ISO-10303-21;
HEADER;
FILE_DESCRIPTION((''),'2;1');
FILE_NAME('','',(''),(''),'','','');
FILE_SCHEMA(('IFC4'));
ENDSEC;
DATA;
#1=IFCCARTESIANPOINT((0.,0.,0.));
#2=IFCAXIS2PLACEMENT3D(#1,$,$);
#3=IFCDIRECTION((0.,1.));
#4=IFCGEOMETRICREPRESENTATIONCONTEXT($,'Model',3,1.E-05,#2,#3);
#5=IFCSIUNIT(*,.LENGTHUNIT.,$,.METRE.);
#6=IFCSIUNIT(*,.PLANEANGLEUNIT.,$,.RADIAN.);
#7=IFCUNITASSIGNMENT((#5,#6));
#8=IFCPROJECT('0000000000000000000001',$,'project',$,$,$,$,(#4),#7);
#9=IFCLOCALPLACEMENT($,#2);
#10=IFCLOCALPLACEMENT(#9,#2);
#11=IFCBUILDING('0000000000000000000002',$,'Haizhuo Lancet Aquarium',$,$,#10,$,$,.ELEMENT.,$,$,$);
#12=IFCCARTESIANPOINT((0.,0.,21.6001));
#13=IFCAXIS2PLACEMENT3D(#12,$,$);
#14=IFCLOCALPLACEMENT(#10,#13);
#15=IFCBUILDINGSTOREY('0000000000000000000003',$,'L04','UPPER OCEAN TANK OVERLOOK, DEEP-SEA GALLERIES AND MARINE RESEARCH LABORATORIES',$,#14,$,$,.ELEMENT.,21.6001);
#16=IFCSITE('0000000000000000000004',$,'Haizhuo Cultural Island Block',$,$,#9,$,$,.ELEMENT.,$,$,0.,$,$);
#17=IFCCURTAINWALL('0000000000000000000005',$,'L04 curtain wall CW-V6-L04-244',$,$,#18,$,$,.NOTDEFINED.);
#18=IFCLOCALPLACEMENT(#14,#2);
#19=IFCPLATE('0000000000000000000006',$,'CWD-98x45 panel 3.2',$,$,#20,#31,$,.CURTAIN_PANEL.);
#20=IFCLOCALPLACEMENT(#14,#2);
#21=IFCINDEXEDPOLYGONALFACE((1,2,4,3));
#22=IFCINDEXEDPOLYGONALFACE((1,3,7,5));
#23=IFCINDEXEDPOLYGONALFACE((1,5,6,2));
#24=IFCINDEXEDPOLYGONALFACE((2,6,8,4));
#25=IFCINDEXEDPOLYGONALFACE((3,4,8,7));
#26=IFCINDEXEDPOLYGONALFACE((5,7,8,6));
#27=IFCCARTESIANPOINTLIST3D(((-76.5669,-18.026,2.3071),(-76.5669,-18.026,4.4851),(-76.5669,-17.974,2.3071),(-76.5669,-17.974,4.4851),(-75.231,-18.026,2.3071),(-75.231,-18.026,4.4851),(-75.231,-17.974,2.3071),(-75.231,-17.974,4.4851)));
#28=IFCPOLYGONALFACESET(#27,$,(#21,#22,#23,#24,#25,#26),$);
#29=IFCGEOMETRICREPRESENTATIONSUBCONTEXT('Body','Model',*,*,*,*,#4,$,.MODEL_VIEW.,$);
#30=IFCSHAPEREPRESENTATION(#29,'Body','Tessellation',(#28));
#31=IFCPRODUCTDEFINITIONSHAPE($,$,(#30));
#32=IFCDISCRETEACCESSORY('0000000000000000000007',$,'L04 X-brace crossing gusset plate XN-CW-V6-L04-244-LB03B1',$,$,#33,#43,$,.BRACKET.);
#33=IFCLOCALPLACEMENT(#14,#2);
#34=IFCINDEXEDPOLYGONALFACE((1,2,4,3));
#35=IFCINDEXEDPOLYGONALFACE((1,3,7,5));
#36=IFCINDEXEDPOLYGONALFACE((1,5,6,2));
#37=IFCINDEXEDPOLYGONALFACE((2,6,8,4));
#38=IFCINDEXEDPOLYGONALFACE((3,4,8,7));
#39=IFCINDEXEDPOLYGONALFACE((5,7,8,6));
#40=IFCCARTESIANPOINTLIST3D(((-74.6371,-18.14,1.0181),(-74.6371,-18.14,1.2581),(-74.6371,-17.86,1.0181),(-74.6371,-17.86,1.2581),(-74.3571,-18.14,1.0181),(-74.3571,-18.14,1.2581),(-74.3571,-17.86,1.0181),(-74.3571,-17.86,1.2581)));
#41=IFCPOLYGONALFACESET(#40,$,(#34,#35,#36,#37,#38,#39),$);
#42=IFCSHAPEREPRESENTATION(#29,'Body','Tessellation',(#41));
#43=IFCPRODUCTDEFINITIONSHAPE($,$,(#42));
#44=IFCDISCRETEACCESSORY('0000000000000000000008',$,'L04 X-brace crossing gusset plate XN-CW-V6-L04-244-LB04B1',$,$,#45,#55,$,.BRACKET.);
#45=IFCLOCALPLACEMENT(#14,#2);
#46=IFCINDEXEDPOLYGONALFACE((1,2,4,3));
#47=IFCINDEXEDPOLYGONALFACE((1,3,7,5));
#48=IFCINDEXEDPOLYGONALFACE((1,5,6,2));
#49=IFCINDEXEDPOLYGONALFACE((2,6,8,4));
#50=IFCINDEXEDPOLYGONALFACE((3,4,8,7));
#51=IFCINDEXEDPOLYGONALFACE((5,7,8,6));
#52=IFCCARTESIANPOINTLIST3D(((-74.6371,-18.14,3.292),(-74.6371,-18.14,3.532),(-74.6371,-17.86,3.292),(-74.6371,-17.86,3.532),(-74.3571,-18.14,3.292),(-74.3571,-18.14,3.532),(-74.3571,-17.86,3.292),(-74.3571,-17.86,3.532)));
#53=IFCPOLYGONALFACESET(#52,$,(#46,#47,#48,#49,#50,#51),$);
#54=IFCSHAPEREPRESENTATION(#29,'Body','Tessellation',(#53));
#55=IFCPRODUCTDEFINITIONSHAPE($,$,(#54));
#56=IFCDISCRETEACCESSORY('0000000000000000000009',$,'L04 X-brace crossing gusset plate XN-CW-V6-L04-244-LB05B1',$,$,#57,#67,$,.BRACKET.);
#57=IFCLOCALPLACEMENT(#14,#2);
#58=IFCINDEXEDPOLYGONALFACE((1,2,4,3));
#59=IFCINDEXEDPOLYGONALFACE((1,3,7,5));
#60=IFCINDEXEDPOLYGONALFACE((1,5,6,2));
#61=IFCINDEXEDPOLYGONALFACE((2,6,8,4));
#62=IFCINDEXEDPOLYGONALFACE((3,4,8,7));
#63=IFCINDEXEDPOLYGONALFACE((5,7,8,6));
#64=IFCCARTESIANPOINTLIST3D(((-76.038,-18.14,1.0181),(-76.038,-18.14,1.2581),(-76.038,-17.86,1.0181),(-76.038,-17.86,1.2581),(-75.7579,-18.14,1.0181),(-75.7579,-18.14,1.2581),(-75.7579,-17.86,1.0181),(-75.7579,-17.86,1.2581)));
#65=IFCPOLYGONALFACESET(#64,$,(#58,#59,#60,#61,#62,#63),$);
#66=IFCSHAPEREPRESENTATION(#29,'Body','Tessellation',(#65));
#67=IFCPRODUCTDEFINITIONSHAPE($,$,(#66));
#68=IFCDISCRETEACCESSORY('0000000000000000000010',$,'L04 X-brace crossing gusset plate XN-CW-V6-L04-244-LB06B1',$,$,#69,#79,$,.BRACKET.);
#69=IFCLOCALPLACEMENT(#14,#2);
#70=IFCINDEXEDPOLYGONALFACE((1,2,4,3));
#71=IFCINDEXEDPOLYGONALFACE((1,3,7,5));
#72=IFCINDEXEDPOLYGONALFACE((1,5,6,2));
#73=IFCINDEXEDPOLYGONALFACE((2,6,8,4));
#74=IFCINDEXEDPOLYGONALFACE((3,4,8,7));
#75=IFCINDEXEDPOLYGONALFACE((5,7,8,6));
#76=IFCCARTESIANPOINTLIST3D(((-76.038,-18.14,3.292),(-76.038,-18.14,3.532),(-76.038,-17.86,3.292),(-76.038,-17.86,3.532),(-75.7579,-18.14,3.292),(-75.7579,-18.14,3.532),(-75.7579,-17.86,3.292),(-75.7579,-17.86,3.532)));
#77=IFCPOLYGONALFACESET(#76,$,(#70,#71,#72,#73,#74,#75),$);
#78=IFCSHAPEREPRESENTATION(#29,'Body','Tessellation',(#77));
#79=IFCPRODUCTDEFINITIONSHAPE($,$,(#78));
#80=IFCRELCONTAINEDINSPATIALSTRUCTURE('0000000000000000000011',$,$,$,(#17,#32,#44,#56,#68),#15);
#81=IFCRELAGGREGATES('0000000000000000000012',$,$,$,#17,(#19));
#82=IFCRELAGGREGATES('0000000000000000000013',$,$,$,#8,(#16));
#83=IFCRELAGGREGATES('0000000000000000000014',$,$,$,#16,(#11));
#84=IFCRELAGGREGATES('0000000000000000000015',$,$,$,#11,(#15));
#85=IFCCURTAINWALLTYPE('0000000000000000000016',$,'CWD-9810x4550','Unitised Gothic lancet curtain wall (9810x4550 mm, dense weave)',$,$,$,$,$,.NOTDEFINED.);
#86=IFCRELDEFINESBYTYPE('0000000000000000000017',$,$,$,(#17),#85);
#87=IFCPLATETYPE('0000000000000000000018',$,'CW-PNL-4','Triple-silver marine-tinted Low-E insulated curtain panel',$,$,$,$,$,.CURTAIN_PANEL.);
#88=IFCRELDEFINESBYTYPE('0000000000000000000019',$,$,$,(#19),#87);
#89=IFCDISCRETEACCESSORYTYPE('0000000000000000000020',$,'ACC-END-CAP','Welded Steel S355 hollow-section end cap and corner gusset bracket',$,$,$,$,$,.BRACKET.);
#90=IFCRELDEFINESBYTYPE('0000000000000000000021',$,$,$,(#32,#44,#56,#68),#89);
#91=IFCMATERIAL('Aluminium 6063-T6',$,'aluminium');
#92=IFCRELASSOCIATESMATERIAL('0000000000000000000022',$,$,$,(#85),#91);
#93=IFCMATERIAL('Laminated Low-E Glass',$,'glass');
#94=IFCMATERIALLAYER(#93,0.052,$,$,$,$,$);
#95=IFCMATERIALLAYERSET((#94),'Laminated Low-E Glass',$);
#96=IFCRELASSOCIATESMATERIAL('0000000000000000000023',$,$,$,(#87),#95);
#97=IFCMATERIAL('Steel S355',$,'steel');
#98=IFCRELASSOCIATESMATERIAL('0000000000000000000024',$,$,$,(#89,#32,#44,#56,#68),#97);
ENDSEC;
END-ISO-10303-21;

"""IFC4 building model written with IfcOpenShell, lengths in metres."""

from ifc_helpers import new_model, si_unit, direction, frame, origin, origin_2d, place, context, subcontext, project, spatial, rectangle, extrude, material, layer, layer_set, type_object, element, aggregate, save


model = new_model("IFC4")

# Units and contexts
model_context = context("Model", 3, precision=1e-05, world=origin(), true_north=direction((0.0, 1.0)))
body_context = subcontext(model_context, "Body", "Model", "MODEL_VIEW")
ifc_project = project(units=[si_unit("LENGTHUNIT", "METRE"), si_unit("PLANEANGLEUNIT", "RADIAN")], contexts=[model_context])

# Site, building, storey
site_placement = place(None, origin())
site = spatial("IfcSite", under=ifc_project, at=site_placement, Name="Haizhuo Cultural Island Block", CompositionType="ELEMENT", RefElevation=0.0)
building_placement = place(site_placement, origin())
building = spatial("IfcBuilding", under=site, at=building_placement, Name="Haizhuo Lancet Aquarium", CompositionType="ELEMENT")
storey_placement = place(building_placement, frame((0.0, 0.0, 21.6001)))
storey = spatial("IfcBuildingStorey", under=building, at=storey_placement, Name="L04", Description="UPPER OCEAN TANK OVERLOOK, DEEP-SEA GALLERIES AND MARINE RESEARCH LABORATORIES", CompositionType="ELEMENT", Elevation=21.6001)

# Curtain wall
ifc_material_1 = material(Name="Aluminium 6063-T6", Category="aluminium")
curtain_wall_type = type_object("IfcCurtainWallType", Name="CWD-9810x4550", Description="Unitised Gothic lancet curtain wall (9810x4550 mm, dense weave)", PredefinedType="NOTDEFINED", material=ifc_material_1)
curtain_wall_placement = place(storey_placement, origin())
curtain_wall = element("IfcCurtainWall", 1, at=curtain_wall_placement, inside=storey, type_object=curtain_wall_type, Name="L04 curtain wall CW-V6-L04-244", PredefinedType="NOTDEFINED")

# Shared definitions
ifc_material_2 = material(Name="Steel S355", Category="steel")

# Plate
ifc_material_3 = material(Name="Laminated Low-E Glass", Category="glass")
ifc_layer = layer(ifc_material_3, 0.052)
ifc_layer_set = layer_set([ifc_layer], Name="Laminated Low-E Glass")
plate_type = type_object("IfcPlateType", Name="CW-PNL-4", Description="Triple-silver marine-tinted Low-E insulated curtain panel", PredefinedType="CURTAIN_PANEL", material=ifc_layer_set)
plate_1_placement = place(storey_placement, frame((-75.8989, -18.0, 2.3071), z_axis=(0.0, 0.0, 1.0), x_axis=(-1.0, 0.0, 0.0)))
plate_1 = element("IfcPlate", 2, at=plate_1_placement, type_object=plate_type, Name="CWD-98x45 panel 3.2", PredefinedType="CURTAIN_PANEL", context=body_context, shape_type="SweptSolid", body=[
    extrude(rectangle(XDim=1.3359, YDim=0.052, at=origin_2d()), origin(), (0.0, 0.0, 1.0), 2.178),
])
aggregate(curtain_wall, [plate_1])

# Discrete accessories
discrete_accessory_type = type_object("IfcDiscreteAccessoryType", Name="ACC-END-CAP", Description="Welded Steel S355 hollow-section end cap and corner gusset bracket", PredefinedType="BRACKET", material=ifc_material_2)
for number, where, z_axis, x_axis, name in (
    (3, (-74.4971, -18.0, 1.0181), (0.0, 0.0, 1.0), (1.0, 0.0, 0.0), "L04 X-brace crossing gusset plate XN-CW-V6-L04-244-LB03B1"),
    (4, (-74.4971, -18.0, 3.292), (0.0, 0.0, 1.0), (1.0, 0.0, 0.0), "L04 X-brace crossing gusset plate XN-CW-V6-L04-244-LB04B1"),
    (5, (-75.8979, -18.0, 1.0181), (0.0, 0.0, 1.0), (1.0, 0.0, 0.0), "L04 X-brace crossing gusset plate XN-CW-V6-L04-244-LB05B1"),
    (6, (-75.8979, -18.0, 3.292), (0.0, 0.0, 1.0), (1.0, 0.0, 0.0), "L04 X-brace crossing gusset plate XN-CW-V6-L04-244-LB06B1"),
):
    element("IfcDiscreteAccessory", number, at=place(storey_placement, frame(where, z_axis=z_axis, x_axis=x_axis)), inside=storey, type_object=discrete_accessory_type, material=ifc_material_2, Name=name, PredefinedType="BRACKET", context=body_context, shape_type="SweptSolid", body=[
        extrude(rectangle(XDim=0.28, YDim=0.28, at=origin_2d()), origin(), (0.0, 0.0, 1.0), 0.24),
    ])

save(model, "model.ifc")
